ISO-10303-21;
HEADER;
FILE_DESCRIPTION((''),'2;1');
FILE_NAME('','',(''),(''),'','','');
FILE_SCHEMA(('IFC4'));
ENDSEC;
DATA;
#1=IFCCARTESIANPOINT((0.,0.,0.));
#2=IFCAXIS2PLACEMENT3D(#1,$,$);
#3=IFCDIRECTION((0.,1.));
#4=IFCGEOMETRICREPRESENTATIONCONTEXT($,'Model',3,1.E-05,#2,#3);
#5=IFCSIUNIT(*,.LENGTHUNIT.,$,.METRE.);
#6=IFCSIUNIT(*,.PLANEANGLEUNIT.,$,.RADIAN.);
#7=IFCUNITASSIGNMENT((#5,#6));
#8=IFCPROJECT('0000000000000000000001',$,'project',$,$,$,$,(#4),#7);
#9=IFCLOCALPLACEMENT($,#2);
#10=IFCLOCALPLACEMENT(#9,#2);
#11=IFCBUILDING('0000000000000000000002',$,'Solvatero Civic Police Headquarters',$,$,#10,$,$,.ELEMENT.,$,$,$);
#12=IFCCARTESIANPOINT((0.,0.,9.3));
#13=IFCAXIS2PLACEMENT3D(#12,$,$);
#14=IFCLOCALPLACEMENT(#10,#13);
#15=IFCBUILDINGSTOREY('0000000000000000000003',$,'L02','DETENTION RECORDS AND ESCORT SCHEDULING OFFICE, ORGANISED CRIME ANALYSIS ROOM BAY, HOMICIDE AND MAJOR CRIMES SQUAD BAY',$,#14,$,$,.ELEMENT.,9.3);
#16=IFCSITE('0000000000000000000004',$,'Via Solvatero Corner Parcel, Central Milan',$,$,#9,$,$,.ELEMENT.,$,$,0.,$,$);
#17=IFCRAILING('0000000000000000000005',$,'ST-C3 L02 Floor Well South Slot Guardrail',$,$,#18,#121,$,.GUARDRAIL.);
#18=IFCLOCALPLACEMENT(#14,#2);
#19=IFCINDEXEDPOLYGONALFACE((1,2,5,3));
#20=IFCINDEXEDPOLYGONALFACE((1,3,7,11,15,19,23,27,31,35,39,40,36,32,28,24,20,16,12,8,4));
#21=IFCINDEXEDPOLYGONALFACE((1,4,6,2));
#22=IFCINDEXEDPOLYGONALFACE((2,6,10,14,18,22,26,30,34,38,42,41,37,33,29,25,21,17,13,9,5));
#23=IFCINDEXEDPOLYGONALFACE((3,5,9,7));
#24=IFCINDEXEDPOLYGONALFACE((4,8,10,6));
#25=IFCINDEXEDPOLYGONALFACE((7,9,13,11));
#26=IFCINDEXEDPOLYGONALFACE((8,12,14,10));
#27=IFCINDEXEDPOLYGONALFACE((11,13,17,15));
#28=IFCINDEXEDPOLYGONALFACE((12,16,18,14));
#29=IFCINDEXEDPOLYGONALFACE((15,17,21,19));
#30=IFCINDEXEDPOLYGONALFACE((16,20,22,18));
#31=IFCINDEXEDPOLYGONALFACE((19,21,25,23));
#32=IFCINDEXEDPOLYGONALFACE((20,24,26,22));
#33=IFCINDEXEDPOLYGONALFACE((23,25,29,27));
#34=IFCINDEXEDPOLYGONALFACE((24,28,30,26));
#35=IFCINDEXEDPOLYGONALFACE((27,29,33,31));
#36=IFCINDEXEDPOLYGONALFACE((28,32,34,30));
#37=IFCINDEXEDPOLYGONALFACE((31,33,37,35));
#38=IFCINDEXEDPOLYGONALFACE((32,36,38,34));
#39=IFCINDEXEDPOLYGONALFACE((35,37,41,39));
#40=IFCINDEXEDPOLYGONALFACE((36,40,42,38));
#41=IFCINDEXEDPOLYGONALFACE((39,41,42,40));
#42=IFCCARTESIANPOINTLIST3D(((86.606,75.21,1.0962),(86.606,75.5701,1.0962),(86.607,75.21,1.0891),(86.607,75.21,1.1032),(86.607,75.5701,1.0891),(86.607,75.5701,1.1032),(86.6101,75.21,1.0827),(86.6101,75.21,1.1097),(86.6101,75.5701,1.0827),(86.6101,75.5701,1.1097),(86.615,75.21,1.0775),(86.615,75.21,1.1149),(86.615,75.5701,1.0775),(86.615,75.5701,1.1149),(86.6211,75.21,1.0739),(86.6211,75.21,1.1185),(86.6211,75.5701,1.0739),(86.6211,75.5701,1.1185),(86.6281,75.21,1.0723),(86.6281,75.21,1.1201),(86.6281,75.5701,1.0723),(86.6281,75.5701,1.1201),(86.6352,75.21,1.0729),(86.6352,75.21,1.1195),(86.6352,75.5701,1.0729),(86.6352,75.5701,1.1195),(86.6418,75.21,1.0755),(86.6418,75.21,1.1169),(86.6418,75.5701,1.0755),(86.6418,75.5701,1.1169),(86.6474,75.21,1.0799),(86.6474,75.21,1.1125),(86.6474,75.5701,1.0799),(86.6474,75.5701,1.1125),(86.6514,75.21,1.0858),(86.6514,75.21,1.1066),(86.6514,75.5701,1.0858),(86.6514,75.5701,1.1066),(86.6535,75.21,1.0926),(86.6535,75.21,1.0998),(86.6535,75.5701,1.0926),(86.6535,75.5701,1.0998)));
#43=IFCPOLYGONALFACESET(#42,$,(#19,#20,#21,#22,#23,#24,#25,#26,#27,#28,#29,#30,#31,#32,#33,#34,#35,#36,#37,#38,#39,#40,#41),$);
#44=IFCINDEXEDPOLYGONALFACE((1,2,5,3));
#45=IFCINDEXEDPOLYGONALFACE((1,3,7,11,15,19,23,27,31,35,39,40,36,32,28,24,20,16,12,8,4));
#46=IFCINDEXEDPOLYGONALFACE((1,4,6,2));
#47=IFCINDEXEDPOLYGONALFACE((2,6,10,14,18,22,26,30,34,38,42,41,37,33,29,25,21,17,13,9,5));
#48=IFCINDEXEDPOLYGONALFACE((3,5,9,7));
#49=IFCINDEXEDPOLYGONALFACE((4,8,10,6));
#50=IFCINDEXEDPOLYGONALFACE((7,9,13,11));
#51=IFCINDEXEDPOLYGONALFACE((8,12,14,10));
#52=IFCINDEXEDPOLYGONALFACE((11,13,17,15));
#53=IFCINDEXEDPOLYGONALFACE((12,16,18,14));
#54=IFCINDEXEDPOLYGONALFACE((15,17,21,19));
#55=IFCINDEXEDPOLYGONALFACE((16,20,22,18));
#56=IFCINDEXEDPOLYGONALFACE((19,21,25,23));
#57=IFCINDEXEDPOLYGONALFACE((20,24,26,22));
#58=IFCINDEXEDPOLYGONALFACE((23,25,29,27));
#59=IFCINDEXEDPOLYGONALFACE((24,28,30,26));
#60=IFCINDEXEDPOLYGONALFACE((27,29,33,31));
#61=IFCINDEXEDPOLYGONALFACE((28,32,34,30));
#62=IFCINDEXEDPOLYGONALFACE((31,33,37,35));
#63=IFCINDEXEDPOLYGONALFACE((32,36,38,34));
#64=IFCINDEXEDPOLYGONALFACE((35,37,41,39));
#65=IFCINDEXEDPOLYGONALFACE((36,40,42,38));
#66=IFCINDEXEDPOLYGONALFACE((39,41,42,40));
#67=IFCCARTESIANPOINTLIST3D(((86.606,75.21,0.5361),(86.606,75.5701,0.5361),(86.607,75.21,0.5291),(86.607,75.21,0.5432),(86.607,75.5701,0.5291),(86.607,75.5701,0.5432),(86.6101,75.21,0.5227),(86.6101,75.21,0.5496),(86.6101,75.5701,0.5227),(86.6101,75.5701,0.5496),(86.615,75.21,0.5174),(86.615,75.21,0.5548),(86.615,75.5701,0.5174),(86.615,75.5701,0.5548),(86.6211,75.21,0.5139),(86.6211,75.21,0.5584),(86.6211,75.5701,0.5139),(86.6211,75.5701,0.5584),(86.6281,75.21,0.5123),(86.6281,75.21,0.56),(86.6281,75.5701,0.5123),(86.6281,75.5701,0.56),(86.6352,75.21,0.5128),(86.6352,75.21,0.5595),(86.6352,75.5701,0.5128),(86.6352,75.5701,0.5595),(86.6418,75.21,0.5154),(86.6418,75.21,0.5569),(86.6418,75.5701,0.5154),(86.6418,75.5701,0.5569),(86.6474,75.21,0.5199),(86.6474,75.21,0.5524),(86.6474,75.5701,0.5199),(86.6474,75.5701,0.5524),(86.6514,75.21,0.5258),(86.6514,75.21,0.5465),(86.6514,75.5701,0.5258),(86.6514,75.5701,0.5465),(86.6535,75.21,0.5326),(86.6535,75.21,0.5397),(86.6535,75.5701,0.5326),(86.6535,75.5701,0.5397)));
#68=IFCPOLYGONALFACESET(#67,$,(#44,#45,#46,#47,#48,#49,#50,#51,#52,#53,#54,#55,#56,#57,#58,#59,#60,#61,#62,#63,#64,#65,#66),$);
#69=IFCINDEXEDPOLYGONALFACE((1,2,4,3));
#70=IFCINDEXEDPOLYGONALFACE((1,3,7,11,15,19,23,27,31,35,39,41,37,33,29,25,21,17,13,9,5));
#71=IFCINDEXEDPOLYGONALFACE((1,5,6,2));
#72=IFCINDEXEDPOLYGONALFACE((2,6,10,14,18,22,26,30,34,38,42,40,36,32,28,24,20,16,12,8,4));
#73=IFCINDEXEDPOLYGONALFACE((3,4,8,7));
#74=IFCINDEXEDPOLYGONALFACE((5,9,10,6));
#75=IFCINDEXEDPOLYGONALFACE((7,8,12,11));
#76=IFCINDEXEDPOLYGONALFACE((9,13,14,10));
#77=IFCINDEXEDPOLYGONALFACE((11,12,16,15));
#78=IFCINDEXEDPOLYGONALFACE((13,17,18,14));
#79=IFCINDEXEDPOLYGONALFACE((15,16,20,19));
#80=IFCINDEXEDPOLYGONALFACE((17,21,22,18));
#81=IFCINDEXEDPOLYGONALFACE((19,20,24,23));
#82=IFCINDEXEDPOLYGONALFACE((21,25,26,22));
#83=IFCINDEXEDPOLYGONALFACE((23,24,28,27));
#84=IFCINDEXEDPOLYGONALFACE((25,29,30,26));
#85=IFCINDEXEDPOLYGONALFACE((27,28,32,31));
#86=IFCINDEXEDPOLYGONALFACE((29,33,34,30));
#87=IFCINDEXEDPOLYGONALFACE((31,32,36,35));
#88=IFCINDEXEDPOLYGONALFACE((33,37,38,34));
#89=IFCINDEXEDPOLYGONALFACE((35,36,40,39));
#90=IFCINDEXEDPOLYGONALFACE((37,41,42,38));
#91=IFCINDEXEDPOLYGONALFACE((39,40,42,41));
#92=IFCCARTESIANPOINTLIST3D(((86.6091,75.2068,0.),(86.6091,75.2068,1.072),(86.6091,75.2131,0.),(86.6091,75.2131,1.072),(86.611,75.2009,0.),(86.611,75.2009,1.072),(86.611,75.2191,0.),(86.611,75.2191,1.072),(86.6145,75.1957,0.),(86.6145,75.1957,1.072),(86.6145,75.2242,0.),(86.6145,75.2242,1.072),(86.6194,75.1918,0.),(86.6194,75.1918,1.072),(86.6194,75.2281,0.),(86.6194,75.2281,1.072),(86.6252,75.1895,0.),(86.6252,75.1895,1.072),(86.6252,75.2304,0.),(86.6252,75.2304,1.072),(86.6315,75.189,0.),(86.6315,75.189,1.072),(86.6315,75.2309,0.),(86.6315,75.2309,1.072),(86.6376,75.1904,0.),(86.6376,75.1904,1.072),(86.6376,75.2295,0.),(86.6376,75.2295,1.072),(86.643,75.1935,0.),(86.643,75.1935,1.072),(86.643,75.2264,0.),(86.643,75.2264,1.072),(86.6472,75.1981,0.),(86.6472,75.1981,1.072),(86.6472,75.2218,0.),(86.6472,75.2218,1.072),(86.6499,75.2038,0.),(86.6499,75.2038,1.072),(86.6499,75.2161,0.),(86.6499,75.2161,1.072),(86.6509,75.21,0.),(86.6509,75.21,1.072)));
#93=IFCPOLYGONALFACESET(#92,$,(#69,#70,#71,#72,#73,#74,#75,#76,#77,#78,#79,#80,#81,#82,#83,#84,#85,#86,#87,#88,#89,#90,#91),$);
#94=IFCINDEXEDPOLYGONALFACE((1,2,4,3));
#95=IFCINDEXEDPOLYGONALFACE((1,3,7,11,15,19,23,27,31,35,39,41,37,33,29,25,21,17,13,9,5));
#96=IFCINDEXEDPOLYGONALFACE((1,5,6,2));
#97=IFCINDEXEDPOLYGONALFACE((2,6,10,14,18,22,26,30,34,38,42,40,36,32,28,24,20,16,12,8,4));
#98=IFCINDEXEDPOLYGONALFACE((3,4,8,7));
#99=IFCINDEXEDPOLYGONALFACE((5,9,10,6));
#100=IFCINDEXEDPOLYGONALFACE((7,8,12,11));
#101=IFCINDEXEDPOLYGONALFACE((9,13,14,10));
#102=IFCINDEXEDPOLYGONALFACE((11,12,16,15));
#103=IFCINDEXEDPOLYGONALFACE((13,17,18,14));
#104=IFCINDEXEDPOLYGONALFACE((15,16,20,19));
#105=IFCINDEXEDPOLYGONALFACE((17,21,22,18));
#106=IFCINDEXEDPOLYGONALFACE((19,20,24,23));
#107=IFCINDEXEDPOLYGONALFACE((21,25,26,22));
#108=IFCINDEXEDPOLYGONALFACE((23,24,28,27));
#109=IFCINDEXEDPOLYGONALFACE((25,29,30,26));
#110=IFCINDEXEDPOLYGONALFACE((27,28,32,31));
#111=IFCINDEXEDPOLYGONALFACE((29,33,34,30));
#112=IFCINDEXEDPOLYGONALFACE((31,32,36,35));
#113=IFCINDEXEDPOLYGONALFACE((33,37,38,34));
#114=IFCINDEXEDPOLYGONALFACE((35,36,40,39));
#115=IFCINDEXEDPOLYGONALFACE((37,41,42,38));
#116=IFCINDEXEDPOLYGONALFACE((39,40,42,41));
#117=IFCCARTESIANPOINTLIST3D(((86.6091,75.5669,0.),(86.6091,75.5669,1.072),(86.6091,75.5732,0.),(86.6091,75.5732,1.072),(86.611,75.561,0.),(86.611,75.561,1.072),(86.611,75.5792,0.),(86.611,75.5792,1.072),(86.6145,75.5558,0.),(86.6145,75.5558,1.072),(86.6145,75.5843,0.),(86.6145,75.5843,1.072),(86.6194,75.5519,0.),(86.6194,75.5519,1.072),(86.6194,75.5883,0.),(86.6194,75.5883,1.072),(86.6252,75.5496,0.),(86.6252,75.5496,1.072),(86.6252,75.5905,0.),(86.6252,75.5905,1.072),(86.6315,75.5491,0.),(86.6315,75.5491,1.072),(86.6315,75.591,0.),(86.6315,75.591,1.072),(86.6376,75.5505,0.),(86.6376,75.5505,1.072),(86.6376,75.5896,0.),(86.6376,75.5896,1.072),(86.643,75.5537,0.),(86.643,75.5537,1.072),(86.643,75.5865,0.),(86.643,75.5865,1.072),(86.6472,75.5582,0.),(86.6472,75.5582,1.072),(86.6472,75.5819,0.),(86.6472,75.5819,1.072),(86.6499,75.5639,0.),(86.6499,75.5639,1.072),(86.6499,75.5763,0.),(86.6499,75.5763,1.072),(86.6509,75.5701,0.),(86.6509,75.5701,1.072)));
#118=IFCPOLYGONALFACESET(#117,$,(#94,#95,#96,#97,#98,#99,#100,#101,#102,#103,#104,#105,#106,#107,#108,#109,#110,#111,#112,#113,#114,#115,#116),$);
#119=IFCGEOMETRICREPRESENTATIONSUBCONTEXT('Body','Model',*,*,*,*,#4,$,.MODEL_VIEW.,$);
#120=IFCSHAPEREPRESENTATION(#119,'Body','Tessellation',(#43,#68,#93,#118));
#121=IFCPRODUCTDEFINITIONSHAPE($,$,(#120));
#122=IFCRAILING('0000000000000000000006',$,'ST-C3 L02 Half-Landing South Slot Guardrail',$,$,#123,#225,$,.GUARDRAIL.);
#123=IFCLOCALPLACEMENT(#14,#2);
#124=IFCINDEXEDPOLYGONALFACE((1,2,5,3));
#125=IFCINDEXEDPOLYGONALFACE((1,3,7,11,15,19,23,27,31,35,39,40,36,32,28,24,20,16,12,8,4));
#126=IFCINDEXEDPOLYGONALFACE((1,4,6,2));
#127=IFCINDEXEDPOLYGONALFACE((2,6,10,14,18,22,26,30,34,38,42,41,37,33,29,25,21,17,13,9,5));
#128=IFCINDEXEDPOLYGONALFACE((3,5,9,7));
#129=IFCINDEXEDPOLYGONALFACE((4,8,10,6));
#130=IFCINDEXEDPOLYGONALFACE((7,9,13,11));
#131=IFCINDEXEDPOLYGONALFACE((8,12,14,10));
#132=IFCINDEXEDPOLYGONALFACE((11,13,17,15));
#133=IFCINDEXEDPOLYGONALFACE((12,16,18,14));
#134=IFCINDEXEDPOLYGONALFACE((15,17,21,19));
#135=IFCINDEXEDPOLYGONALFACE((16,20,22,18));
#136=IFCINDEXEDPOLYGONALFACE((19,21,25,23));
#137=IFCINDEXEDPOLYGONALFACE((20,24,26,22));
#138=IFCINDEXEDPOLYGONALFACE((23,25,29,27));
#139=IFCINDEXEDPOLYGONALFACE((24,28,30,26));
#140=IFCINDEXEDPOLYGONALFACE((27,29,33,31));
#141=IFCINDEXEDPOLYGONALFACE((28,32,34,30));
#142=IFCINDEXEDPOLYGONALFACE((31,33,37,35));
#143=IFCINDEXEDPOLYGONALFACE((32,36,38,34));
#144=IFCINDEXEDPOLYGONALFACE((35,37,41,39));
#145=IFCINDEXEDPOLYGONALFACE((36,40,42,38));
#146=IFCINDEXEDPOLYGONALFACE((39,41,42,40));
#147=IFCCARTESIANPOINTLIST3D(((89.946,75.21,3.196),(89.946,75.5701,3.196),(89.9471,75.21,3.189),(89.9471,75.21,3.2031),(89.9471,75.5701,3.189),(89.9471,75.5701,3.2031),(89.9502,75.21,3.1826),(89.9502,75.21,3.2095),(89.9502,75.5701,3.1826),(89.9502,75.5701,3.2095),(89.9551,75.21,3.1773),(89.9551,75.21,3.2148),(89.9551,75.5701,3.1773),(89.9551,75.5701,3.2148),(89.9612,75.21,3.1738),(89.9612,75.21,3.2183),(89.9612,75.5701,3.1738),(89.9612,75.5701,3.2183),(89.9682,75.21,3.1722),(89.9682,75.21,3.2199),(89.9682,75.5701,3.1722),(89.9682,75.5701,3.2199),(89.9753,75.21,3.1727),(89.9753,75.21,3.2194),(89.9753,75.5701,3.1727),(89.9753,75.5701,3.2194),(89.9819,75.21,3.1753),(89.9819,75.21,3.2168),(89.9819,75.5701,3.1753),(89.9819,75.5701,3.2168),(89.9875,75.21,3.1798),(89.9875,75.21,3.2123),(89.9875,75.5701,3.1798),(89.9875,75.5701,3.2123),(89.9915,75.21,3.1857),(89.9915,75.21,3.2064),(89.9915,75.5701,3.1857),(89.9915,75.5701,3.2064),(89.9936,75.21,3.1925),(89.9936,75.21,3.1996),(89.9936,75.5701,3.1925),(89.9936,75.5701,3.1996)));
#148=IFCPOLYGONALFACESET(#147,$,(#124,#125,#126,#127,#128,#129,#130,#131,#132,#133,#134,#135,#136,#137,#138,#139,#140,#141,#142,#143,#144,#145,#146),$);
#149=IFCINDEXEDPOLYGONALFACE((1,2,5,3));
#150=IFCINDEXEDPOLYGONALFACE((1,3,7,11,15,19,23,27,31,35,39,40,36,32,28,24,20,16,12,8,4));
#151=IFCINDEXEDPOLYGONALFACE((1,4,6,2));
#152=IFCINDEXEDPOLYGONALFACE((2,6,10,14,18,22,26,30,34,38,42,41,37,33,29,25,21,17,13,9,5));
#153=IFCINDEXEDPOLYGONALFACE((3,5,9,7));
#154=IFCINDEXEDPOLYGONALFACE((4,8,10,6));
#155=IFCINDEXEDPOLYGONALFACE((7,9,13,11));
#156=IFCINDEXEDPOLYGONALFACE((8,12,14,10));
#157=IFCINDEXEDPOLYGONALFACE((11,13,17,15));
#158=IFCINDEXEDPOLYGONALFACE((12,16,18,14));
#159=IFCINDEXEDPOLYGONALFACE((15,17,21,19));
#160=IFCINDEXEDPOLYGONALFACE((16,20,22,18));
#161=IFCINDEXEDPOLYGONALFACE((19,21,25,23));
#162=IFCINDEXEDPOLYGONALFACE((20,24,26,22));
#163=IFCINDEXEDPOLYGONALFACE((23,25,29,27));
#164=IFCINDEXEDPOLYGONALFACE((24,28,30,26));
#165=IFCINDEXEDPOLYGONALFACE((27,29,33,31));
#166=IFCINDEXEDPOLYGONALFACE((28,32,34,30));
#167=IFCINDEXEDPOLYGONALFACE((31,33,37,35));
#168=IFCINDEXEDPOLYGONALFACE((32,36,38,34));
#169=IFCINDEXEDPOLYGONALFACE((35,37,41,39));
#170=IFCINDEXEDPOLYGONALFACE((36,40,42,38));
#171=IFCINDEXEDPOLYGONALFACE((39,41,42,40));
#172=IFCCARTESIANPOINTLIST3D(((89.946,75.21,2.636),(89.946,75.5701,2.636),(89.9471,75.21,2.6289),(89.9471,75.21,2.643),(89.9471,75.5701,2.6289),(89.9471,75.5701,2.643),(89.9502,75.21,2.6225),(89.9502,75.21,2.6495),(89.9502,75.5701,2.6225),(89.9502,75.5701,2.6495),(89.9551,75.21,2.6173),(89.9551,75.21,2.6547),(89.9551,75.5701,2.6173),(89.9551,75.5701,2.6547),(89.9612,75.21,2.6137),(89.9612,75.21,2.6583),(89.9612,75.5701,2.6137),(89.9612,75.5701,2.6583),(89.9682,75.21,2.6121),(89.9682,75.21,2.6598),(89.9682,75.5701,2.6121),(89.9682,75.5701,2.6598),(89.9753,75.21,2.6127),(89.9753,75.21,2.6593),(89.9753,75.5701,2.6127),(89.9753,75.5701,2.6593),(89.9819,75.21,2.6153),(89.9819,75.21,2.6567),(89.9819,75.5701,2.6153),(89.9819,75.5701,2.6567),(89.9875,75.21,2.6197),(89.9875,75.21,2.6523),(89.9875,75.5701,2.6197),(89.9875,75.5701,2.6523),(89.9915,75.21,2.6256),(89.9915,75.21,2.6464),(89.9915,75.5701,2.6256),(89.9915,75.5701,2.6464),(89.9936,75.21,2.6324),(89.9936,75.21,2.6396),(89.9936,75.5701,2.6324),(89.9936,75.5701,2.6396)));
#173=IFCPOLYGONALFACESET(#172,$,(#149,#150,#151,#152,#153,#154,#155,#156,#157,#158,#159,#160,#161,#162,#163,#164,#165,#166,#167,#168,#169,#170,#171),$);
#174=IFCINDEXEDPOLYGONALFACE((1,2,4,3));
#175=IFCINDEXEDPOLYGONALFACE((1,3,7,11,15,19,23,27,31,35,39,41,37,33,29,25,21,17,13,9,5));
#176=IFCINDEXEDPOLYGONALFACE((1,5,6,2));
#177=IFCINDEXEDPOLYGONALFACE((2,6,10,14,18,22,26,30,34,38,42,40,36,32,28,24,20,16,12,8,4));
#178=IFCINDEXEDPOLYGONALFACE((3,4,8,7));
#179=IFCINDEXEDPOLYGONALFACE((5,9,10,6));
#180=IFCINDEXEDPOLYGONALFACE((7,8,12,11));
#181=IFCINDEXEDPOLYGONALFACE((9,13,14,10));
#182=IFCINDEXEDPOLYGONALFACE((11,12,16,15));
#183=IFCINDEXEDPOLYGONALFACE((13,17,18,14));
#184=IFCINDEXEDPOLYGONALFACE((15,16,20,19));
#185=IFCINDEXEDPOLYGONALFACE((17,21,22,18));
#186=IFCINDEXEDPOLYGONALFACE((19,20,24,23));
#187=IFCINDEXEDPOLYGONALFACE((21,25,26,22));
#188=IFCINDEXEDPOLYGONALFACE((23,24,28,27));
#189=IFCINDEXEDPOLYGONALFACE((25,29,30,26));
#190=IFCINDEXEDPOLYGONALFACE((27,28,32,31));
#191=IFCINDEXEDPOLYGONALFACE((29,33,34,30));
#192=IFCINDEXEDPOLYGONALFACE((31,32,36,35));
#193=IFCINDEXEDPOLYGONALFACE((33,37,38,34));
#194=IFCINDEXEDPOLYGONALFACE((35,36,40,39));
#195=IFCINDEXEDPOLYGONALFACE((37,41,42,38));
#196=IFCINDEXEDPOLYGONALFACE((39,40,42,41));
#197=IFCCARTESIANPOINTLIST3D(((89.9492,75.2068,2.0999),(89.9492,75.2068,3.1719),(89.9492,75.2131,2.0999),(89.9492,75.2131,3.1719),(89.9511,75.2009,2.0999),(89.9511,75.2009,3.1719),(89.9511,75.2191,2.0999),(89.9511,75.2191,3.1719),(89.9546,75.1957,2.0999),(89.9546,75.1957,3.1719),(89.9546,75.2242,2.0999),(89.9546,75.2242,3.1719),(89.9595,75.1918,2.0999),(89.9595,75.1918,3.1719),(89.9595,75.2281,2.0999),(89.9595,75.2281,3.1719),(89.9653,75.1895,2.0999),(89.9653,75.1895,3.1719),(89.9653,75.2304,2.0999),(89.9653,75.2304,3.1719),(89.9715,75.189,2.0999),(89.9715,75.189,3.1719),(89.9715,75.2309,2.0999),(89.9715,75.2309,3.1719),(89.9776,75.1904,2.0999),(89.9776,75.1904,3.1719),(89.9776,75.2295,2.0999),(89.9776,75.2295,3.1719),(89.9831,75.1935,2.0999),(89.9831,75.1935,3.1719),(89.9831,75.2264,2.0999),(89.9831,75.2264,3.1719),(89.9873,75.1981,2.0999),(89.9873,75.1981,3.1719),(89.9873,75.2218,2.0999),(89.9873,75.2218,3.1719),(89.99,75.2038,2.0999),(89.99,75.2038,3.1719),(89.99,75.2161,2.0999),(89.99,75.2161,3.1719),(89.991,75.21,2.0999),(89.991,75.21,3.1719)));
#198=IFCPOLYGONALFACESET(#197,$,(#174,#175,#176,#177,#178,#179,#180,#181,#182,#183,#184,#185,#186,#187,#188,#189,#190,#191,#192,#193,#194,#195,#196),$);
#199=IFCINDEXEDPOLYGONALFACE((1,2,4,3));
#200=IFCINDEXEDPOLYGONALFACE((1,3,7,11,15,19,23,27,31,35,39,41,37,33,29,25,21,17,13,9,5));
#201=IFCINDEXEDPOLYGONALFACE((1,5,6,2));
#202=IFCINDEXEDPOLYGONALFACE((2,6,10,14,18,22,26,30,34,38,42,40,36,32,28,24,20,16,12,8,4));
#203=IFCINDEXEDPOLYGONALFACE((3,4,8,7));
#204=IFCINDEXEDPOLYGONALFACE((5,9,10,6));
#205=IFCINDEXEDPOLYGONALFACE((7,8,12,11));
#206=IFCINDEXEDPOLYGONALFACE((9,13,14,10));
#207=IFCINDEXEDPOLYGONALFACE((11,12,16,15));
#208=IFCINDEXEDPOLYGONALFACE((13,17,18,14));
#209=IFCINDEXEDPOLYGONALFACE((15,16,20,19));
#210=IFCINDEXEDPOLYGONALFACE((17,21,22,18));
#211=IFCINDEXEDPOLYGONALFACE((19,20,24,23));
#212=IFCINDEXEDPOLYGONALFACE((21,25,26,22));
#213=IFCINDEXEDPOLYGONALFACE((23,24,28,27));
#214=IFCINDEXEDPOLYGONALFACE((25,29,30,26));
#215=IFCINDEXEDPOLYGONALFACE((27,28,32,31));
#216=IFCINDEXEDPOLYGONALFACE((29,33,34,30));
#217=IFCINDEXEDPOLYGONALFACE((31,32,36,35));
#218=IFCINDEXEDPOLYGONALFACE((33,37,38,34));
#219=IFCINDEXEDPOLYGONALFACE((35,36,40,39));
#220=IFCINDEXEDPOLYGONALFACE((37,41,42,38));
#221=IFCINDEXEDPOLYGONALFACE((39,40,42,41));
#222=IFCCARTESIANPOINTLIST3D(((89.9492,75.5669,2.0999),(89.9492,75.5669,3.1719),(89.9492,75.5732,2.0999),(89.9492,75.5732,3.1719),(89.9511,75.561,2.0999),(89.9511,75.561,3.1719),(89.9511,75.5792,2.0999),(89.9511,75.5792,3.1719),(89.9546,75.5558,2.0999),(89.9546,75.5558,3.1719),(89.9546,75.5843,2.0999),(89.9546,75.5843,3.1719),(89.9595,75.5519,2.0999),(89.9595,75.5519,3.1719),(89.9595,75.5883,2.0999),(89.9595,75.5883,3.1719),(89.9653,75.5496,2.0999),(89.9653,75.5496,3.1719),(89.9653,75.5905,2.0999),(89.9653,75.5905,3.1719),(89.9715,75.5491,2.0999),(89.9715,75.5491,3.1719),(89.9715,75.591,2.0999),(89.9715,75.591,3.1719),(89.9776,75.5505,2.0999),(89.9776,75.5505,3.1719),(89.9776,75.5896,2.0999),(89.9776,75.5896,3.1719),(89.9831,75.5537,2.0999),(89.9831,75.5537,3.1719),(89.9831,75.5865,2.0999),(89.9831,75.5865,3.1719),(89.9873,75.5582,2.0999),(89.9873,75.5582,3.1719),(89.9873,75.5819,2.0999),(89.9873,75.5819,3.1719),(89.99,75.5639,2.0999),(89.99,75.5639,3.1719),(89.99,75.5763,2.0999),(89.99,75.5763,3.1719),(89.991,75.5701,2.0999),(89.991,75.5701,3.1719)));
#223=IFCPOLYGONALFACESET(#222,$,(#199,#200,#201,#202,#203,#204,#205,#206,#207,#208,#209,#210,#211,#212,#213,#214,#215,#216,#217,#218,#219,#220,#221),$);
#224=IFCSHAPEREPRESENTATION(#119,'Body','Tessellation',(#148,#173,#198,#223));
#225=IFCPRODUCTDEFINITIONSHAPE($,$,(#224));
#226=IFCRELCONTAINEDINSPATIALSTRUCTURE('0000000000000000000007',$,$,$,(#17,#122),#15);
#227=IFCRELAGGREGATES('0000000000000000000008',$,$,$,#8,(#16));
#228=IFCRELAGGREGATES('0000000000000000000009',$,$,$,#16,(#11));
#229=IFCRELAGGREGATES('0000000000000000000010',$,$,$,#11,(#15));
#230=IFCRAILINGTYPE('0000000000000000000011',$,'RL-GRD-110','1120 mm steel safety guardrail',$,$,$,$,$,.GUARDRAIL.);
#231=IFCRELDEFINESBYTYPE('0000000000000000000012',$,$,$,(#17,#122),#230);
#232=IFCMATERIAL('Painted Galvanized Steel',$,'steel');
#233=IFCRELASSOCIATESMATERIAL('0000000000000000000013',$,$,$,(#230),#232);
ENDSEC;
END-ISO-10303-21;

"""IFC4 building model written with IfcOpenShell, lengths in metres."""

from ifc_helpers import new_model, si_unit, direction, frame, origin, origin_2d, place, context, subcontext, project, spatial, circle, extrude, material, type_object, element, save


model = new_model("IFC4")

# Units and contexts
model_context = context("Model", 3, precision=1e-05, world=origin(), true_north=direction((0.0, 1.0)))
body_context = subcontext(model_context, "Body", "Model", "MODEL_VIEW")
ifc_project = project(units=[si_unit("LENGTHUNIT", "METRE"), si_unit("PLANEANGLEUNIT", "RADIAN")], contexts=[model_context])

# Site, building, storey
site_placement = place(None, origin())
site = spatial("IfcSite", under=ifc_project, at=site_placement, Name="Via Solvatero Corner Parcel, Central Milan", CompositionType="ELEMENT", RefElevation=0.0)
building_placement = place(site_placement, origin())
building = spatial("IfcBuilding", under=site, at=building_placement, Name="Solvatero Civic Police Headquarters", CompositionType="ELEMENT")
storey_placement = place(building_placement, frame((0.0, 0.0, 9.3)))
storey = spatial("IfcBuildingStorey", under=building, at=storey_placement, Name="L02", Description="DETENTION RECORDS AND ESCORT SCHEDULING OFFICE, ORGANISED CRIME ANALYSIS ROOM BAY, HOMICIDE AND MAJOR CRIMES SQUAD BAY", CompositionType="ELEMENT", Elevation=9.3)

# Railings
ifc_material_1 = material(Name="Painted Galvanized Steel", Category="steel")
railing_type_1 = type_object("IfcRailingType", Name="RL-GRD-110", Description="1120 mm steel safety guardrail", PredefinedType="GUARDRAIL", material=ifc_material_1)
for number, where, name in (
    (1, (86.6299, 75.21, 0.0), "ST-C3 L02 Floor Well South Slot Guardrail"),
    (2, (89.97, 75.21, 2.0999), "ST-C3 L02 Half-Landing South Slot Guardrail"),
):
    element("IfcRailing", number, at=place(storey_placement, frame(where)), inside=storey, type_object=railing_type_1, Name=name, PredefinedType="GUARDRAIL", context=body_context, shape_type="SweptSolid", body=[
        extrude(circle(Radius=0.0239, at=origin_2d()), frame((0.0, 0.0, 1.0962), z_axis=(0.0, 1.0, 0.0), x_axis=(-1.0, 0.0, 0.0)), (0.0, 0.0, 1.0), 0.3601),
        extrude(circle(Radius=0.0239, at=origin_2d()), frame((0.0, 0.0, 0.5361), z_axis=(0.0, 1.0, 0.0), x_axis=(-1.0, 0.0, 0.0)), (0.0, 0.0, 1.0), 0.3601),
        extrude(circle(Radius=0.021, at=origin_2d()), origin(), (0.0, 0.0, 1.0), 1.072),
        extrude(circle(Radius=0.021, at=origin_2d()), frame((0.0, 0.3601, 0.0)), (0.0, 0.0, 1.0), 1.072),
    ])

save(model, "model.ifc")
